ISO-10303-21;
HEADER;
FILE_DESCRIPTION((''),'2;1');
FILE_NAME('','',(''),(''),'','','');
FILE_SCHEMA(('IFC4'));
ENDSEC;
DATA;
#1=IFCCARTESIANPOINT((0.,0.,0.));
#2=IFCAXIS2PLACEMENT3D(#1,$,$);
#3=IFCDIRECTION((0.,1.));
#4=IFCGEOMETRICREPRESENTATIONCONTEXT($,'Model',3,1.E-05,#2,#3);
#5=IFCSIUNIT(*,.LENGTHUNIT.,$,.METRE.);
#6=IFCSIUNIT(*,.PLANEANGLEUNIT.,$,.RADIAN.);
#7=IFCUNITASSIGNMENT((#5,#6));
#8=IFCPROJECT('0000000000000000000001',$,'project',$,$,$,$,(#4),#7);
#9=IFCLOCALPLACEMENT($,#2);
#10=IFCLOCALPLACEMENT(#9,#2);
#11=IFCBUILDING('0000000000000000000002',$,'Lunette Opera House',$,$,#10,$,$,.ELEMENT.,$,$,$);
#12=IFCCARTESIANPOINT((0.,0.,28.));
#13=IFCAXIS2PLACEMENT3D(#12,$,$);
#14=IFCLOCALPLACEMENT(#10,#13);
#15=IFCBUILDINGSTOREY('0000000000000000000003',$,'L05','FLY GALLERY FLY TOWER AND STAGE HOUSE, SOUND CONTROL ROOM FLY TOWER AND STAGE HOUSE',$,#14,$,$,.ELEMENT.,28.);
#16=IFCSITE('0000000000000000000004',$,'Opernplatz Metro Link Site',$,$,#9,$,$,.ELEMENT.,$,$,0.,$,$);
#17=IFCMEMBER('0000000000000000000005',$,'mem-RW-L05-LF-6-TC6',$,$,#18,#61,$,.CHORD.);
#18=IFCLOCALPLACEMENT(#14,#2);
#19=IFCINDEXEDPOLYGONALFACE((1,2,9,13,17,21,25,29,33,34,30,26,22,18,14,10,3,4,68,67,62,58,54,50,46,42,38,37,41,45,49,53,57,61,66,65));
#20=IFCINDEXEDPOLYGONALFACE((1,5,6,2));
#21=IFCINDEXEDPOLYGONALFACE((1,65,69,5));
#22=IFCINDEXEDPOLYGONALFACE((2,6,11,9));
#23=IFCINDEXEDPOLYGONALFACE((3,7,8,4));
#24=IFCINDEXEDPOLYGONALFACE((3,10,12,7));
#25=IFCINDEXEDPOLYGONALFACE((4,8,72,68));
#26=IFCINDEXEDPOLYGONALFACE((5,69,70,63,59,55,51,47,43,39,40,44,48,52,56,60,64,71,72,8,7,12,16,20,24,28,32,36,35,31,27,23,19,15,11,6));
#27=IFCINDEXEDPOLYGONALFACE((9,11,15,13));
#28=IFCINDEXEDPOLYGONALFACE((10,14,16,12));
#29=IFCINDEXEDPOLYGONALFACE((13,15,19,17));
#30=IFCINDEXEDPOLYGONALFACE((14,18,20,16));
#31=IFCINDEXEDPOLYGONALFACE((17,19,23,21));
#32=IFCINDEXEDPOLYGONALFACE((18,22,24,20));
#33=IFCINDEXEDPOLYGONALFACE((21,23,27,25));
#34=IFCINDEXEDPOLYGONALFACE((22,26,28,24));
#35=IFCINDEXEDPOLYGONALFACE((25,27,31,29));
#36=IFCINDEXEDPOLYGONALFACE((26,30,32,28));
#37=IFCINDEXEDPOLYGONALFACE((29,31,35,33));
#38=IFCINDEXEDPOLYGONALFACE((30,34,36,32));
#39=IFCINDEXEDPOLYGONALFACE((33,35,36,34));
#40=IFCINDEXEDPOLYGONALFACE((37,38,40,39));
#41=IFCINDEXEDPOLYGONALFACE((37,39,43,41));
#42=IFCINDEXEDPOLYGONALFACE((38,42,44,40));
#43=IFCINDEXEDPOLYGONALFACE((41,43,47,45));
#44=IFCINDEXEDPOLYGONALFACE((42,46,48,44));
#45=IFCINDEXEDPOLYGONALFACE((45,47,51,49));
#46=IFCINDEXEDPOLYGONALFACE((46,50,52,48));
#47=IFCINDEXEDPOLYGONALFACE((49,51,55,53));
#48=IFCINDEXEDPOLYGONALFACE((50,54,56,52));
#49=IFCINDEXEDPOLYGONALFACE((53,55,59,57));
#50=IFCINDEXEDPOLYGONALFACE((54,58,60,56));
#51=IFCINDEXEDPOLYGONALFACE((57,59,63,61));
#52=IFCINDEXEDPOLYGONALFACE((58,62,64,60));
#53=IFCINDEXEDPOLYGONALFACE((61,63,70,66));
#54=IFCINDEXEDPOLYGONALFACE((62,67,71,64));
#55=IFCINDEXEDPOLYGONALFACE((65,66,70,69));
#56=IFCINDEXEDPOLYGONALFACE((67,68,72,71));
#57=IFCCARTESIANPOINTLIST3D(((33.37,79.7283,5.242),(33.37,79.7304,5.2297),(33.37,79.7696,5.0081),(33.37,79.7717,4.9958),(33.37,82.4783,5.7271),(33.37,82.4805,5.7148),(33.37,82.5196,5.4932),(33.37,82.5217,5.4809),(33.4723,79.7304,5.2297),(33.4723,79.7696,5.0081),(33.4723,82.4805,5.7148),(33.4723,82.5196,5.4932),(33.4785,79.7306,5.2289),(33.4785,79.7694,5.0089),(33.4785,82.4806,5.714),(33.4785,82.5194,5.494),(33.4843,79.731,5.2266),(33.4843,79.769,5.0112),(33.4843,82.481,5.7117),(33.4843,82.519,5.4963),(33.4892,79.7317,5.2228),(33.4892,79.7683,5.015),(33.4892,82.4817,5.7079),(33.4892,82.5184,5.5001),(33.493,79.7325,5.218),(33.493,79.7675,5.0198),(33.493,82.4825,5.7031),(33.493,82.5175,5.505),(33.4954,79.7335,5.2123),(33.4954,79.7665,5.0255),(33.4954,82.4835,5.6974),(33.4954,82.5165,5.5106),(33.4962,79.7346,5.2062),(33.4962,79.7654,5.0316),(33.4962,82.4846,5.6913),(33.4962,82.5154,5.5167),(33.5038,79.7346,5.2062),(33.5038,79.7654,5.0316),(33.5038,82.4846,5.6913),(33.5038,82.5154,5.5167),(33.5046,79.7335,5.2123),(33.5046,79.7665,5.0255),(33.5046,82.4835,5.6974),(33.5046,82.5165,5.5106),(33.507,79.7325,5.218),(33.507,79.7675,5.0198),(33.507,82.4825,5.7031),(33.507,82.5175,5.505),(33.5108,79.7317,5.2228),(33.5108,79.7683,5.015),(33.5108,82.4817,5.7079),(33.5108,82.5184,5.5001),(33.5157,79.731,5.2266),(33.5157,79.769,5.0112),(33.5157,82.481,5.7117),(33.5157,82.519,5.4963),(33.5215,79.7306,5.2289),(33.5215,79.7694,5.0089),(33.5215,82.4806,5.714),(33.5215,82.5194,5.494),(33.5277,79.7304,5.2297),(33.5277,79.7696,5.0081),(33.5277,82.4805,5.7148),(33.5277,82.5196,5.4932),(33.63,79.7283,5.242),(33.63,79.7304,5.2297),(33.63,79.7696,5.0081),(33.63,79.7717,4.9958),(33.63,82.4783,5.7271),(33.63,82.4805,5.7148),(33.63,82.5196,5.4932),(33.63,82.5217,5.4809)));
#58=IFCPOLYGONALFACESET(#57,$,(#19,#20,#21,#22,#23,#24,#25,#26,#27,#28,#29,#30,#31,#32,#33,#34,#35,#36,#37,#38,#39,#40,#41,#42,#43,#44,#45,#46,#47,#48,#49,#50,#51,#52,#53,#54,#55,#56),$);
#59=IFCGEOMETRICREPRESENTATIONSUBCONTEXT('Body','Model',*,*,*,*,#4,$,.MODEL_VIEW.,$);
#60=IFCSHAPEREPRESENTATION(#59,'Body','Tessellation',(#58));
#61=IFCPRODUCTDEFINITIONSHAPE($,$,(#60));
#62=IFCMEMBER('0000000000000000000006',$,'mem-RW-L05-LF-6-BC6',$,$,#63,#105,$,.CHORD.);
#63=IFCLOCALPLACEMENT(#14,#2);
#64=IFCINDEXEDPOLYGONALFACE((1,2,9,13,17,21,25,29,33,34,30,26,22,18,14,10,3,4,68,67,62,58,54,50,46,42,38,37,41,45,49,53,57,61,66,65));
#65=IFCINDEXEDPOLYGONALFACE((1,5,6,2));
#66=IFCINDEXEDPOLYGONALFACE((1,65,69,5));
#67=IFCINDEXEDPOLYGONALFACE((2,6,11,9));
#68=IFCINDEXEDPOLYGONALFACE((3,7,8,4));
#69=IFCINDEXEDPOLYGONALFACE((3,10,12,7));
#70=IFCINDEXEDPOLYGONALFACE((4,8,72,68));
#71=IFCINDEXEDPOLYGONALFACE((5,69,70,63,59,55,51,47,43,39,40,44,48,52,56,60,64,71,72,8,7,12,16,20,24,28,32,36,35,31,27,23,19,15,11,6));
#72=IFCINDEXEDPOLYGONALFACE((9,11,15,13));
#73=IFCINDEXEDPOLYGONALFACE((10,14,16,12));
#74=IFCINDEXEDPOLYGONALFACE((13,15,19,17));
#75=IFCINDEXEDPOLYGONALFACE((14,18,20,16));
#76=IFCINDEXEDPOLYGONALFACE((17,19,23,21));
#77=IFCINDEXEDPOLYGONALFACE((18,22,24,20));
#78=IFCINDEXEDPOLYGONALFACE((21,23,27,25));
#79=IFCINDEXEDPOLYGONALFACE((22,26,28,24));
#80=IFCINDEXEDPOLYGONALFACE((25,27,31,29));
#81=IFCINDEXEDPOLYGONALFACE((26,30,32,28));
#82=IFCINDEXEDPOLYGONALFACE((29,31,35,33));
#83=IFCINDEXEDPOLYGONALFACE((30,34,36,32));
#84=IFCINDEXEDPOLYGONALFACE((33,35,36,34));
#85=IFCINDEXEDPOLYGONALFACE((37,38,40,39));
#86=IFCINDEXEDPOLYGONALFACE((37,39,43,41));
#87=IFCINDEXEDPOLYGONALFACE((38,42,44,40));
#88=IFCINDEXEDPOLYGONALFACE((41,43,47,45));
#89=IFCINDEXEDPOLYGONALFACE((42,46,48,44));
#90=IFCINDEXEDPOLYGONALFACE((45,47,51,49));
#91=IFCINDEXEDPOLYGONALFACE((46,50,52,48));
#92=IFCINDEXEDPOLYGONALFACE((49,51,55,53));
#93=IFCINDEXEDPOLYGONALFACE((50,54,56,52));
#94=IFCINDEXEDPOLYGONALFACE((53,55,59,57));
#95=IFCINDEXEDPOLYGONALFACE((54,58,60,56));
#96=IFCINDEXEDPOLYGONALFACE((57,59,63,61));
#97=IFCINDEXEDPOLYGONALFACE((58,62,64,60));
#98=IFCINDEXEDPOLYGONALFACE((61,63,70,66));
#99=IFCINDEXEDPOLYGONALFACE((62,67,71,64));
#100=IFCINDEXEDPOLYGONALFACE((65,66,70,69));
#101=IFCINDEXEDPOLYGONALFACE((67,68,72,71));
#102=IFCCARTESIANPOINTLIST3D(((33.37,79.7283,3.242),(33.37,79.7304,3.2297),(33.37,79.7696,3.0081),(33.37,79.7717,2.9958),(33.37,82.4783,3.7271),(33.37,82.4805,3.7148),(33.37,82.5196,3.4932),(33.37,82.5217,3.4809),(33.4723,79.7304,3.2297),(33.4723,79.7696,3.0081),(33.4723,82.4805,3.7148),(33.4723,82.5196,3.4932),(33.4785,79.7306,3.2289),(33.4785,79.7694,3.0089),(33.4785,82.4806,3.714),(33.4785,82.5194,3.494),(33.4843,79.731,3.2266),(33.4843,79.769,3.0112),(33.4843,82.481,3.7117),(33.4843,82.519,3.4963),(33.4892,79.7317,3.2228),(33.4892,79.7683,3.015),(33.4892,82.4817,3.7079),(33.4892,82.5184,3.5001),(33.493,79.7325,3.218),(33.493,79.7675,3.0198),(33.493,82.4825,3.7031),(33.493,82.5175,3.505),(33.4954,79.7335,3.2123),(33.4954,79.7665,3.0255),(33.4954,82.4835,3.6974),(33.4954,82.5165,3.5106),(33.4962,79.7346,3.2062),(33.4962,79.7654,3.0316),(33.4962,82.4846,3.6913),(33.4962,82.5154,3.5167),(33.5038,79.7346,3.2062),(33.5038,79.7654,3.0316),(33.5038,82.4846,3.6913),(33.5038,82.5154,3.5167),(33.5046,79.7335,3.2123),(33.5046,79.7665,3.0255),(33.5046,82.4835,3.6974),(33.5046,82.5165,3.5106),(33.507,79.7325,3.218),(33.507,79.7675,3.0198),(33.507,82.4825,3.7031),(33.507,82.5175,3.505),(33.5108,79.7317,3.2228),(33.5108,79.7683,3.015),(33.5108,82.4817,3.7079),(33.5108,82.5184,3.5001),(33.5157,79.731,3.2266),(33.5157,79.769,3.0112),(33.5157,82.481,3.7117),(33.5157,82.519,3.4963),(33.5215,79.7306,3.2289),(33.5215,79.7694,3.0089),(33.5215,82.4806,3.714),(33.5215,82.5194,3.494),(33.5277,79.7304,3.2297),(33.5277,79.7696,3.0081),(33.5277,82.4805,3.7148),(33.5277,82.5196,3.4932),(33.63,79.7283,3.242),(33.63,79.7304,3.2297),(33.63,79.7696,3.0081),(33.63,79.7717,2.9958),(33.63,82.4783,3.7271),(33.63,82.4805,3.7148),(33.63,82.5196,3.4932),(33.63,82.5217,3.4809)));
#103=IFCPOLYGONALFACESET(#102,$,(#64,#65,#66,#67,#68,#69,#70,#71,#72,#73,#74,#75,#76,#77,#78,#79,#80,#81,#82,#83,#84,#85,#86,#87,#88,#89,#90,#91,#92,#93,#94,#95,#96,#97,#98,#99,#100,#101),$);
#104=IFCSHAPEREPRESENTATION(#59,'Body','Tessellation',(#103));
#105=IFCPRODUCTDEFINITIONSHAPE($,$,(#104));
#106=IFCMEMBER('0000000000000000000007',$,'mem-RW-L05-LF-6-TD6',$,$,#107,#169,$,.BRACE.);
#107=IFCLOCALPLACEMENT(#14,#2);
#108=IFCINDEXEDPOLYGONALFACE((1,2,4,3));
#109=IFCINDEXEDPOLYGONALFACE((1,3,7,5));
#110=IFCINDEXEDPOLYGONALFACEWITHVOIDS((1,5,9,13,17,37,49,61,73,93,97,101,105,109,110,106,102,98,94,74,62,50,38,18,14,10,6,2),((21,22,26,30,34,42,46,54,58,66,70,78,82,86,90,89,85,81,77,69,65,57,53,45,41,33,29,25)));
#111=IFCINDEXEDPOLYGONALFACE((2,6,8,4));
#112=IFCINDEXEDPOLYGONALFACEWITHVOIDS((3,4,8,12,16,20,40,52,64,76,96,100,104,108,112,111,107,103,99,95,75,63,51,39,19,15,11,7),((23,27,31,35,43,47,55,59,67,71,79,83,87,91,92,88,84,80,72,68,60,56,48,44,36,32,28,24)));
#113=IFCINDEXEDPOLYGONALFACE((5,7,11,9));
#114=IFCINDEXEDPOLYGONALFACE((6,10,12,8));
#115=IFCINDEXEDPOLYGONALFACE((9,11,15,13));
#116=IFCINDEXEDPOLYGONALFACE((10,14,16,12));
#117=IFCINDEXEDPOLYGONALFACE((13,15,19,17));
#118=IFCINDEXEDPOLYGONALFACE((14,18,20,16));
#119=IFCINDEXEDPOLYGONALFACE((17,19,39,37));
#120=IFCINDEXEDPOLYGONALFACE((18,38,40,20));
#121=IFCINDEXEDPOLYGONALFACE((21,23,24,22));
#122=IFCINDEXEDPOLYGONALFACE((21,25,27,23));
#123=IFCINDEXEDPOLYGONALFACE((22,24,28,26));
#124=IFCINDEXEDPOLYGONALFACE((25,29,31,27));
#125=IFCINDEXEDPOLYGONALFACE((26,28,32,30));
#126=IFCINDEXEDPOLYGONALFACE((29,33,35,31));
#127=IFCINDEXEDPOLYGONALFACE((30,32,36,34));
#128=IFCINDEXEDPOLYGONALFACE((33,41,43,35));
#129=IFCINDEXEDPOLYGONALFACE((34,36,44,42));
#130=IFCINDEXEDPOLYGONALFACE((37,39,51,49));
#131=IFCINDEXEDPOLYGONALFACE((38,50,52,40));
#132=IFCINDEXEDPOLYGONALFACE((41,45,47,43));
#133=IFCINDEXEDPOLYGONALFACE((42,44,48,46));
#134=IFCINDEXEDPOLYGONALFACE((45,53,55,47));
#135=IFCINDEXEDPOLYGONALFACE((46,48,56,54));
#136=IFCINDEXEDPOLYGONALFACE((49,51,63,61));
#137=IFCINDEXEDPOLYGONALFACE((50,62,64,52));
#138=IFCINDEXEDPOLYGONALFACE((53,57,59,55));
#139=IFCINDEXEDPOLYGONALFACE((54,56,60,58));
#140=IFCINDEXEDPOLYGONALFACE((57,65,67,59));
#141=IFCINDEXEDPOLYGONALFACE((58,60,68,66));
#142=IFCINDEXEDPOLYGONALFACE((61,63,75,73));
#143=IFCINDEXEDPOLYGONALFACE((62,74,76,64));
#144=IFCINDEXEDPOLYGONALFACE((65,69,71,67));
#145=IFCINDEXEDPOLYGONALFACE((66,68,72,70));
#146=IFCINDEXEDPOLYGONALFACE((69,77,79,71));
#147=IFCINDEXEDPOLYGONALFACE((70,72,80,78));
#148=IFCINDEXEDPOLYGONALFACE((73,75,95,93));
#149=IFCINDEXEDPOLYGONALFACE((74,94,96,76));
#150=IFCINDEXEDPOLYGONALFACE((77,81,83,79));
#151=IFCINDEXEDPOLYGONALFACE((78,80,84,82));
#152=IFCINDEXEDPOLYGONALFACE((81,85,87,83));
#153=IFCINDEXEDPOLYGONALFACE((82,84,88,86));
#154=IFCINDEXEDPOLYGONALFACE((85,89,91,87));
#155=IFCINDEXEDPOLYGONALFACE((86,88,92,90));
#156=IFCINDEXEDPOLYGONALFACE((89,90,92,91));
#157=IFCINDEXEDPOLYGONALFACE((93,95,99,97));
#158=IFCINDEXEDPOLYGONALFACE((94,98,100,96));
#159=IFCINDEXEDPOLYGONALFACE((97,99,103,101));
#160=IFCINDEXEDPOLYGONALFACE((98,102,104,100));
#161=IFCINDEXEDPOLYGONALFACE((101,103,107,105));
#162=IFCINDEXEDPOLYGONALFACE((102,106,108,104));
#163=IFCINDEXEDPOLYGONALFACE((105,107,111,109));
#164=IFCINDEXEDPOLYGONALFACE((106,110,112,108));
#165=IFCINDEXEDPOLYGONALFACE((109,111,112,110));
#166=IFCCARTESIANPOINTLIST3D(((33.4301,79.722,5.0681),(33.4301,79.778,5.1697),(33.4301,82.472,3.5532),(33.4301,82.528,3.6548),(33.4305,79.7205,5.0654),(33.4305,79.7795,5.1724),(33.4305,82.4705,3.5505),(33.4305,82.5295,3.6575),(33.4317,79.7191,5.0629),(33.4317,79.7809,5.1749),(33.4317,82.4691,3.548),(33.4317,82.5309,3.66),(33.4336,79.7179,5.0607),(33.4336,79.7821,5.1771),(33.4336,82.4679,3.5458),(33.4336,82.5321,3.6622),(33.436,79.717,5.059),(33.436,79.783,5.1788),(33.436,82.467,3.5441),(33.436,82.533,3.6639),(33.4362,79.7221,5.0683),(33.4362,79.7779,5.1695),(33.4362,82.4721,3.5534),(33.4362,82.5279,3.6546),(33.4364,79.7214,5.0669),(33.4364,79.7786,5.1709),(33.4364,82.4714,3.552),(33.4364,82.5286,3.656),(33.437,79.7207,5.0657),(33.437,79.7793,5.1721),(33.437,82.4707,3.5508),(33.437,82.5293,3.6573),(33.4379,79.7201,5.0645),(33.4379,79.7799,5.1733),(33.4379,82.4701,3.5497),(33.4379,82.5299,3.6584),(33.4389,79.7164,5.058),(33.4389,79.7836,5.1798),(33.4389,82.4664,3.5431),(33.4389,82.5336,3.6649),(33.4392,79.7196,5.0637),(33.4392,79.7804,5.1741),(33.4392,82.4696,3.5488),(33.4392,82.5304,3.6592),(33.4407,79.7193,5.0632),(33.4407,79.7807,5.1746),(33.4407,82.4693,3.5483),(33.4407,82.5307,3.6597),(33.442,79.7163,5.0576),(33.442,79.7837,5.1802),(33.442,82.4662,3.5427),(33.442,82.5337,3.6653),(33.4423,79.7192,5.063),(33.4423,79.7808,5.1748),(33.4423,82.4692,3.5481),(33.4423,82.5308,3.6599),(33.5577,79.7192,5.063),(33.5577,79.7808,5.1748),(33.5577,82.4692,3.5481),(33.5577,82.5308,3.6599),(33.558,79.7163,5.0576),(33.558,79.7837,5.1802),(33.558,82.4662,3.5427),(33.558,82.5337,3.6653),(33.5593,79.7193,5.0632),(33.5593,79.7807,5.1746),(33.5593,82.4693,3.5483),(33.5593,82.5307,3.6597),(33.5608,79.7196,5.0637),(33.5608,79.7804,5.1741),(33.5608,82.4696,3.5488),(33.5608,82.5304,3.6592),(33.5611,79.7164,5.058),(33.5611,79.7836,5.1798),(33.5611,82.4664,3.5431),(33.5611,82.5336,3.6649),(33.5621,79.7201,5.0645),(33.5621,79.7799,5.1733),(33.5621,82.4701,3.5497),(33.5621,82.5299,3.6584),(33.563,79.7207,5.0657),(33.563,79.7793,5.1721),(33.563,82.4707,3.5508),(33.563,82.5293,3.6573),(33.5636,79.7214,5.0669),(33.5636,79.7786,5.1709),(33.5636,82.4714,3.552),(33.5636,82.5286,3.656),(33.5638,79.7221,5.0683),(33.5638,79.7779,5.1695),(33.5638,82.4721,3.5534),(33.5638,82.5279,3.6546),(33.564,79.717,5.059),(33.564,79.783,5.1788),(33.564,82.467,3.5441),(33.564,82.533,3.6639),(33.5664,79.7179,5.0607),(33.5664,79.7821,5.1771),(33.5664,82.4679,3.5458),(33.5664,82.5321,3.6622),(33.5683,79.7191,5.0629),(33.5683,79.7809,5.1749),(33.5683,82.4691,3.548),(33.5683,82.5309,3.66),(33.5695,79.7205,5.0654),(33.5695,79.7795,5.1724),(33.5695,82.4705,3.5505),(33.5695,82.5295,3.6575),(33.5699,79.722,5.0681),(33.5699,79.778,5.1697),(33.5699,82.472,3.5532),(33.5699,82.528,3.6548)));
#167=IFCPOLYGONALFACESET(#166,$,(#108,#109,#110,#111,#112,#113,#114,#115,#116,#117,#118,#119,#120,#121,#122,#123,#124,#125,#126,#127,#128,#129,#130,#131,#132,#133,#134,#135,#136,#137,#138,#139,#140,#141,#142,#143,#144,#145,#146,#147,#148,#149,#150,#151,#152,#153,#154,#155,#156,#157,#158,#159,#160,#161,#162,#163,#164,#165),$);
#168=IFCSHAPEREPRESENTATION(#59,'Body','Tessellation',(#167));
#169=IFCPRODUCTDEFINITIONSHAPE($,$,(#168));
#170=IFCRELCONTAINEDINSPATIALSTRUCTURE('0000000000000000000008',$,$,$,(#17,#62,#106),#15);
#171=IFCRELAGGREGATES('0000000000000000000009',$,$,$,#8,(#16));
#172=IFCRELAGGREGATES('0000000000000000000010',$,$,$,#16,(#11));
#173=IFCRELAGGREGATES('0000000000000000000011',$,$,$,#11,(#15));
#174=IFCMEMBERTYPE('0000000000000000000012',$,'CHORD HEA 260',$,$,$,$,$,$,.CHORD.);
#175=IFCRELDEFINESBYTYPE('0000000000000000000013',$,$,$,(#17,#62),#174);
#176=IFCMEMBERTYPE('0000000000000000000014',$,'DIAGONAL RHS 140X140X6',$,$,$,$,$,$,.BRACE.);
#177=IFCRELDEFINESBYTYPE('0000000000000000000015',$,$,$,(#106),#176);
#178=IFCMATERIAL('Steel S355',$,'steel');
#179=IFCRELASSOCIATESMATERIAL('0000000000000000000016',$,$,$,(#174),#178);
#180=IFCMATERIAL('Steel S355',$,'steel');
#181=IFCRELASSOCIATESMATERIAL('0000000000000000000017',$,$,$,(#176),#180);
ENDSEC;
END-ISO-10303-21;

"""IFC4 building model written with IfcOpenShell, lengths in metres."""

from ifc_helpers import new_model, si_unit, direction, frame, origin, origin_2d, place, context, subcontext, project, spatial, hollow_rectangle, i_section, extrude, material, material_profile, profile_set, type_object, element, save


model = new_model("IFC4")

# Units and contexts
model_context = context("Model", 3, precision=1e-05, world=origin(), true_north=direction((0.0, 1.0)))
body_context = subcontext(model_context, "Body", "Model", "MODEL_VIEW")
ifc_project = project(units=[si_unit("LENGTHUNIT", "METRE"), si_unit("PLANEANGLEUNIT", "RADIAN")], contexts=[model_context])

# Site, building, storey
site_placement = place(None, origin())
site = spatial("IfcSite", under=ifc_project, at=site_placement, Name="Opernplatz Metro Link Site", CompositionType="ELEMENT", RefElevation=0.0)
building_placement = place(site_placement, origin())
building = spatial("IfcBuilding", under=site, at=building_placement, Name="Lunette Opera House", CompositionType="ELEMENT")
storey_placement = place(building_placement, frame((0.0, 0.0, 28.0)))
storey = spatial("IfcBuildingStorey", under=building, at=storey_placement, Name="L05", Description="FLY GALLERY FLY TOWER AND STAGE HOUSE, SOUND CONTROL ROOM FLY TOWER AND STAGE HOUSE", CompositionType="ELEMENT", Elevation=28.0)

# Members
ifc_material_1 = material(Name="Steel S355", Category="steel")
ifc_material_profile_1 = material_profile(ifc_material_1, i_section(OverallWidth=0.26, OverallDepth=0.25, WebThickness=0.0076, FlangeThickness=0.0125, FilletRadius=0.0239, at=origin_2d()), Name="HEA 260")
ifc_profile_set_1 = profile_set([ifc_material_profile_1], Name="Steel S355")
member_type_1 = type_object("IfcMemberType", Name="CHORD HEA 260", PredefinedType="CHORD", material=ifc_profile_set_1)
for number, where, z_axis, x_axis, name in (
    (1, (33.5, 79.75, 5.1189), (0.0, 0.984795, 0.17372), (-1.0, 0.0, 0.0), "mem-RW-L05-LF-6-TC6"),
    (2, (33.5, 79.75, 3.1189), (0.0, 0.984795, 0.17372), (-1.0, 0.0, 0.0), "mem-RW-L05-LF-6-BC6"),
):
    element("IfcMember", number, at=place(storey_placement, frame(where, z_axis=z_axis, x_axis=x_axis)), inside=storey, type_object=member_type_1, Name=name, PredefinedType="CHORD", context=body_context, shape_type="SweptSolid", body=[
        extrude(i_section(OverallWidth=0.26, OverallDepth=0.25, WebThickness=0.0076, FlangeThickness=0.0125, FilletRadius=0.0239, at=origin_2d()), origin(), (0.0, 0.0, 1.0), 2.7925),
    ])
ifc_material_2 = material(Name="Steel S355", Category="steel")
ifc_material_profile_2 = material_profile(ifc_material_2, hollow_rectangle(XDim=0.1399, YDim=0.1399, WallThickness=0.0061, InnerFilletRadius=0.0061, OuterFilletRadius=0.012, at=origin_2d()), Name="RHS 140X140X6")
ifc_profile_set_2 = profile_set([ifc_material_profile_2], Name="Steel S355")
member_type_2 = type_object("IfcMemberType", Name="DIAGONAL RHS 140X140X6", PredefinedType="BRACE", material=ifc_profile_set_2)
member_1_placement = place(storey_placement, frame((33.5, 79.75, 5.1189), z_axis=(0.0, 0.875894, -0.482504), x_axis=(-1.0, 0.0, 0.0)))
element("IfcMember", 3, at=member_1_placement, inside=storey, type_object=member_type_2, Name="mem-RW-L05-LF-6-TD6", PredefinedType="BRACE", context=body_context, shape_type="SweptSolid", body=[
    extrude(hollow_rectangle(XDim=0.1399, YDim=0.1399, WallThickness=0.0061, InnerFilletRadius=0.0061, OuterFilletRadius=0.012, at=origin_2d()), origin(), (0.0, 0.0, 1.0), 3.1396),
])

save(model, "model.ifc")
